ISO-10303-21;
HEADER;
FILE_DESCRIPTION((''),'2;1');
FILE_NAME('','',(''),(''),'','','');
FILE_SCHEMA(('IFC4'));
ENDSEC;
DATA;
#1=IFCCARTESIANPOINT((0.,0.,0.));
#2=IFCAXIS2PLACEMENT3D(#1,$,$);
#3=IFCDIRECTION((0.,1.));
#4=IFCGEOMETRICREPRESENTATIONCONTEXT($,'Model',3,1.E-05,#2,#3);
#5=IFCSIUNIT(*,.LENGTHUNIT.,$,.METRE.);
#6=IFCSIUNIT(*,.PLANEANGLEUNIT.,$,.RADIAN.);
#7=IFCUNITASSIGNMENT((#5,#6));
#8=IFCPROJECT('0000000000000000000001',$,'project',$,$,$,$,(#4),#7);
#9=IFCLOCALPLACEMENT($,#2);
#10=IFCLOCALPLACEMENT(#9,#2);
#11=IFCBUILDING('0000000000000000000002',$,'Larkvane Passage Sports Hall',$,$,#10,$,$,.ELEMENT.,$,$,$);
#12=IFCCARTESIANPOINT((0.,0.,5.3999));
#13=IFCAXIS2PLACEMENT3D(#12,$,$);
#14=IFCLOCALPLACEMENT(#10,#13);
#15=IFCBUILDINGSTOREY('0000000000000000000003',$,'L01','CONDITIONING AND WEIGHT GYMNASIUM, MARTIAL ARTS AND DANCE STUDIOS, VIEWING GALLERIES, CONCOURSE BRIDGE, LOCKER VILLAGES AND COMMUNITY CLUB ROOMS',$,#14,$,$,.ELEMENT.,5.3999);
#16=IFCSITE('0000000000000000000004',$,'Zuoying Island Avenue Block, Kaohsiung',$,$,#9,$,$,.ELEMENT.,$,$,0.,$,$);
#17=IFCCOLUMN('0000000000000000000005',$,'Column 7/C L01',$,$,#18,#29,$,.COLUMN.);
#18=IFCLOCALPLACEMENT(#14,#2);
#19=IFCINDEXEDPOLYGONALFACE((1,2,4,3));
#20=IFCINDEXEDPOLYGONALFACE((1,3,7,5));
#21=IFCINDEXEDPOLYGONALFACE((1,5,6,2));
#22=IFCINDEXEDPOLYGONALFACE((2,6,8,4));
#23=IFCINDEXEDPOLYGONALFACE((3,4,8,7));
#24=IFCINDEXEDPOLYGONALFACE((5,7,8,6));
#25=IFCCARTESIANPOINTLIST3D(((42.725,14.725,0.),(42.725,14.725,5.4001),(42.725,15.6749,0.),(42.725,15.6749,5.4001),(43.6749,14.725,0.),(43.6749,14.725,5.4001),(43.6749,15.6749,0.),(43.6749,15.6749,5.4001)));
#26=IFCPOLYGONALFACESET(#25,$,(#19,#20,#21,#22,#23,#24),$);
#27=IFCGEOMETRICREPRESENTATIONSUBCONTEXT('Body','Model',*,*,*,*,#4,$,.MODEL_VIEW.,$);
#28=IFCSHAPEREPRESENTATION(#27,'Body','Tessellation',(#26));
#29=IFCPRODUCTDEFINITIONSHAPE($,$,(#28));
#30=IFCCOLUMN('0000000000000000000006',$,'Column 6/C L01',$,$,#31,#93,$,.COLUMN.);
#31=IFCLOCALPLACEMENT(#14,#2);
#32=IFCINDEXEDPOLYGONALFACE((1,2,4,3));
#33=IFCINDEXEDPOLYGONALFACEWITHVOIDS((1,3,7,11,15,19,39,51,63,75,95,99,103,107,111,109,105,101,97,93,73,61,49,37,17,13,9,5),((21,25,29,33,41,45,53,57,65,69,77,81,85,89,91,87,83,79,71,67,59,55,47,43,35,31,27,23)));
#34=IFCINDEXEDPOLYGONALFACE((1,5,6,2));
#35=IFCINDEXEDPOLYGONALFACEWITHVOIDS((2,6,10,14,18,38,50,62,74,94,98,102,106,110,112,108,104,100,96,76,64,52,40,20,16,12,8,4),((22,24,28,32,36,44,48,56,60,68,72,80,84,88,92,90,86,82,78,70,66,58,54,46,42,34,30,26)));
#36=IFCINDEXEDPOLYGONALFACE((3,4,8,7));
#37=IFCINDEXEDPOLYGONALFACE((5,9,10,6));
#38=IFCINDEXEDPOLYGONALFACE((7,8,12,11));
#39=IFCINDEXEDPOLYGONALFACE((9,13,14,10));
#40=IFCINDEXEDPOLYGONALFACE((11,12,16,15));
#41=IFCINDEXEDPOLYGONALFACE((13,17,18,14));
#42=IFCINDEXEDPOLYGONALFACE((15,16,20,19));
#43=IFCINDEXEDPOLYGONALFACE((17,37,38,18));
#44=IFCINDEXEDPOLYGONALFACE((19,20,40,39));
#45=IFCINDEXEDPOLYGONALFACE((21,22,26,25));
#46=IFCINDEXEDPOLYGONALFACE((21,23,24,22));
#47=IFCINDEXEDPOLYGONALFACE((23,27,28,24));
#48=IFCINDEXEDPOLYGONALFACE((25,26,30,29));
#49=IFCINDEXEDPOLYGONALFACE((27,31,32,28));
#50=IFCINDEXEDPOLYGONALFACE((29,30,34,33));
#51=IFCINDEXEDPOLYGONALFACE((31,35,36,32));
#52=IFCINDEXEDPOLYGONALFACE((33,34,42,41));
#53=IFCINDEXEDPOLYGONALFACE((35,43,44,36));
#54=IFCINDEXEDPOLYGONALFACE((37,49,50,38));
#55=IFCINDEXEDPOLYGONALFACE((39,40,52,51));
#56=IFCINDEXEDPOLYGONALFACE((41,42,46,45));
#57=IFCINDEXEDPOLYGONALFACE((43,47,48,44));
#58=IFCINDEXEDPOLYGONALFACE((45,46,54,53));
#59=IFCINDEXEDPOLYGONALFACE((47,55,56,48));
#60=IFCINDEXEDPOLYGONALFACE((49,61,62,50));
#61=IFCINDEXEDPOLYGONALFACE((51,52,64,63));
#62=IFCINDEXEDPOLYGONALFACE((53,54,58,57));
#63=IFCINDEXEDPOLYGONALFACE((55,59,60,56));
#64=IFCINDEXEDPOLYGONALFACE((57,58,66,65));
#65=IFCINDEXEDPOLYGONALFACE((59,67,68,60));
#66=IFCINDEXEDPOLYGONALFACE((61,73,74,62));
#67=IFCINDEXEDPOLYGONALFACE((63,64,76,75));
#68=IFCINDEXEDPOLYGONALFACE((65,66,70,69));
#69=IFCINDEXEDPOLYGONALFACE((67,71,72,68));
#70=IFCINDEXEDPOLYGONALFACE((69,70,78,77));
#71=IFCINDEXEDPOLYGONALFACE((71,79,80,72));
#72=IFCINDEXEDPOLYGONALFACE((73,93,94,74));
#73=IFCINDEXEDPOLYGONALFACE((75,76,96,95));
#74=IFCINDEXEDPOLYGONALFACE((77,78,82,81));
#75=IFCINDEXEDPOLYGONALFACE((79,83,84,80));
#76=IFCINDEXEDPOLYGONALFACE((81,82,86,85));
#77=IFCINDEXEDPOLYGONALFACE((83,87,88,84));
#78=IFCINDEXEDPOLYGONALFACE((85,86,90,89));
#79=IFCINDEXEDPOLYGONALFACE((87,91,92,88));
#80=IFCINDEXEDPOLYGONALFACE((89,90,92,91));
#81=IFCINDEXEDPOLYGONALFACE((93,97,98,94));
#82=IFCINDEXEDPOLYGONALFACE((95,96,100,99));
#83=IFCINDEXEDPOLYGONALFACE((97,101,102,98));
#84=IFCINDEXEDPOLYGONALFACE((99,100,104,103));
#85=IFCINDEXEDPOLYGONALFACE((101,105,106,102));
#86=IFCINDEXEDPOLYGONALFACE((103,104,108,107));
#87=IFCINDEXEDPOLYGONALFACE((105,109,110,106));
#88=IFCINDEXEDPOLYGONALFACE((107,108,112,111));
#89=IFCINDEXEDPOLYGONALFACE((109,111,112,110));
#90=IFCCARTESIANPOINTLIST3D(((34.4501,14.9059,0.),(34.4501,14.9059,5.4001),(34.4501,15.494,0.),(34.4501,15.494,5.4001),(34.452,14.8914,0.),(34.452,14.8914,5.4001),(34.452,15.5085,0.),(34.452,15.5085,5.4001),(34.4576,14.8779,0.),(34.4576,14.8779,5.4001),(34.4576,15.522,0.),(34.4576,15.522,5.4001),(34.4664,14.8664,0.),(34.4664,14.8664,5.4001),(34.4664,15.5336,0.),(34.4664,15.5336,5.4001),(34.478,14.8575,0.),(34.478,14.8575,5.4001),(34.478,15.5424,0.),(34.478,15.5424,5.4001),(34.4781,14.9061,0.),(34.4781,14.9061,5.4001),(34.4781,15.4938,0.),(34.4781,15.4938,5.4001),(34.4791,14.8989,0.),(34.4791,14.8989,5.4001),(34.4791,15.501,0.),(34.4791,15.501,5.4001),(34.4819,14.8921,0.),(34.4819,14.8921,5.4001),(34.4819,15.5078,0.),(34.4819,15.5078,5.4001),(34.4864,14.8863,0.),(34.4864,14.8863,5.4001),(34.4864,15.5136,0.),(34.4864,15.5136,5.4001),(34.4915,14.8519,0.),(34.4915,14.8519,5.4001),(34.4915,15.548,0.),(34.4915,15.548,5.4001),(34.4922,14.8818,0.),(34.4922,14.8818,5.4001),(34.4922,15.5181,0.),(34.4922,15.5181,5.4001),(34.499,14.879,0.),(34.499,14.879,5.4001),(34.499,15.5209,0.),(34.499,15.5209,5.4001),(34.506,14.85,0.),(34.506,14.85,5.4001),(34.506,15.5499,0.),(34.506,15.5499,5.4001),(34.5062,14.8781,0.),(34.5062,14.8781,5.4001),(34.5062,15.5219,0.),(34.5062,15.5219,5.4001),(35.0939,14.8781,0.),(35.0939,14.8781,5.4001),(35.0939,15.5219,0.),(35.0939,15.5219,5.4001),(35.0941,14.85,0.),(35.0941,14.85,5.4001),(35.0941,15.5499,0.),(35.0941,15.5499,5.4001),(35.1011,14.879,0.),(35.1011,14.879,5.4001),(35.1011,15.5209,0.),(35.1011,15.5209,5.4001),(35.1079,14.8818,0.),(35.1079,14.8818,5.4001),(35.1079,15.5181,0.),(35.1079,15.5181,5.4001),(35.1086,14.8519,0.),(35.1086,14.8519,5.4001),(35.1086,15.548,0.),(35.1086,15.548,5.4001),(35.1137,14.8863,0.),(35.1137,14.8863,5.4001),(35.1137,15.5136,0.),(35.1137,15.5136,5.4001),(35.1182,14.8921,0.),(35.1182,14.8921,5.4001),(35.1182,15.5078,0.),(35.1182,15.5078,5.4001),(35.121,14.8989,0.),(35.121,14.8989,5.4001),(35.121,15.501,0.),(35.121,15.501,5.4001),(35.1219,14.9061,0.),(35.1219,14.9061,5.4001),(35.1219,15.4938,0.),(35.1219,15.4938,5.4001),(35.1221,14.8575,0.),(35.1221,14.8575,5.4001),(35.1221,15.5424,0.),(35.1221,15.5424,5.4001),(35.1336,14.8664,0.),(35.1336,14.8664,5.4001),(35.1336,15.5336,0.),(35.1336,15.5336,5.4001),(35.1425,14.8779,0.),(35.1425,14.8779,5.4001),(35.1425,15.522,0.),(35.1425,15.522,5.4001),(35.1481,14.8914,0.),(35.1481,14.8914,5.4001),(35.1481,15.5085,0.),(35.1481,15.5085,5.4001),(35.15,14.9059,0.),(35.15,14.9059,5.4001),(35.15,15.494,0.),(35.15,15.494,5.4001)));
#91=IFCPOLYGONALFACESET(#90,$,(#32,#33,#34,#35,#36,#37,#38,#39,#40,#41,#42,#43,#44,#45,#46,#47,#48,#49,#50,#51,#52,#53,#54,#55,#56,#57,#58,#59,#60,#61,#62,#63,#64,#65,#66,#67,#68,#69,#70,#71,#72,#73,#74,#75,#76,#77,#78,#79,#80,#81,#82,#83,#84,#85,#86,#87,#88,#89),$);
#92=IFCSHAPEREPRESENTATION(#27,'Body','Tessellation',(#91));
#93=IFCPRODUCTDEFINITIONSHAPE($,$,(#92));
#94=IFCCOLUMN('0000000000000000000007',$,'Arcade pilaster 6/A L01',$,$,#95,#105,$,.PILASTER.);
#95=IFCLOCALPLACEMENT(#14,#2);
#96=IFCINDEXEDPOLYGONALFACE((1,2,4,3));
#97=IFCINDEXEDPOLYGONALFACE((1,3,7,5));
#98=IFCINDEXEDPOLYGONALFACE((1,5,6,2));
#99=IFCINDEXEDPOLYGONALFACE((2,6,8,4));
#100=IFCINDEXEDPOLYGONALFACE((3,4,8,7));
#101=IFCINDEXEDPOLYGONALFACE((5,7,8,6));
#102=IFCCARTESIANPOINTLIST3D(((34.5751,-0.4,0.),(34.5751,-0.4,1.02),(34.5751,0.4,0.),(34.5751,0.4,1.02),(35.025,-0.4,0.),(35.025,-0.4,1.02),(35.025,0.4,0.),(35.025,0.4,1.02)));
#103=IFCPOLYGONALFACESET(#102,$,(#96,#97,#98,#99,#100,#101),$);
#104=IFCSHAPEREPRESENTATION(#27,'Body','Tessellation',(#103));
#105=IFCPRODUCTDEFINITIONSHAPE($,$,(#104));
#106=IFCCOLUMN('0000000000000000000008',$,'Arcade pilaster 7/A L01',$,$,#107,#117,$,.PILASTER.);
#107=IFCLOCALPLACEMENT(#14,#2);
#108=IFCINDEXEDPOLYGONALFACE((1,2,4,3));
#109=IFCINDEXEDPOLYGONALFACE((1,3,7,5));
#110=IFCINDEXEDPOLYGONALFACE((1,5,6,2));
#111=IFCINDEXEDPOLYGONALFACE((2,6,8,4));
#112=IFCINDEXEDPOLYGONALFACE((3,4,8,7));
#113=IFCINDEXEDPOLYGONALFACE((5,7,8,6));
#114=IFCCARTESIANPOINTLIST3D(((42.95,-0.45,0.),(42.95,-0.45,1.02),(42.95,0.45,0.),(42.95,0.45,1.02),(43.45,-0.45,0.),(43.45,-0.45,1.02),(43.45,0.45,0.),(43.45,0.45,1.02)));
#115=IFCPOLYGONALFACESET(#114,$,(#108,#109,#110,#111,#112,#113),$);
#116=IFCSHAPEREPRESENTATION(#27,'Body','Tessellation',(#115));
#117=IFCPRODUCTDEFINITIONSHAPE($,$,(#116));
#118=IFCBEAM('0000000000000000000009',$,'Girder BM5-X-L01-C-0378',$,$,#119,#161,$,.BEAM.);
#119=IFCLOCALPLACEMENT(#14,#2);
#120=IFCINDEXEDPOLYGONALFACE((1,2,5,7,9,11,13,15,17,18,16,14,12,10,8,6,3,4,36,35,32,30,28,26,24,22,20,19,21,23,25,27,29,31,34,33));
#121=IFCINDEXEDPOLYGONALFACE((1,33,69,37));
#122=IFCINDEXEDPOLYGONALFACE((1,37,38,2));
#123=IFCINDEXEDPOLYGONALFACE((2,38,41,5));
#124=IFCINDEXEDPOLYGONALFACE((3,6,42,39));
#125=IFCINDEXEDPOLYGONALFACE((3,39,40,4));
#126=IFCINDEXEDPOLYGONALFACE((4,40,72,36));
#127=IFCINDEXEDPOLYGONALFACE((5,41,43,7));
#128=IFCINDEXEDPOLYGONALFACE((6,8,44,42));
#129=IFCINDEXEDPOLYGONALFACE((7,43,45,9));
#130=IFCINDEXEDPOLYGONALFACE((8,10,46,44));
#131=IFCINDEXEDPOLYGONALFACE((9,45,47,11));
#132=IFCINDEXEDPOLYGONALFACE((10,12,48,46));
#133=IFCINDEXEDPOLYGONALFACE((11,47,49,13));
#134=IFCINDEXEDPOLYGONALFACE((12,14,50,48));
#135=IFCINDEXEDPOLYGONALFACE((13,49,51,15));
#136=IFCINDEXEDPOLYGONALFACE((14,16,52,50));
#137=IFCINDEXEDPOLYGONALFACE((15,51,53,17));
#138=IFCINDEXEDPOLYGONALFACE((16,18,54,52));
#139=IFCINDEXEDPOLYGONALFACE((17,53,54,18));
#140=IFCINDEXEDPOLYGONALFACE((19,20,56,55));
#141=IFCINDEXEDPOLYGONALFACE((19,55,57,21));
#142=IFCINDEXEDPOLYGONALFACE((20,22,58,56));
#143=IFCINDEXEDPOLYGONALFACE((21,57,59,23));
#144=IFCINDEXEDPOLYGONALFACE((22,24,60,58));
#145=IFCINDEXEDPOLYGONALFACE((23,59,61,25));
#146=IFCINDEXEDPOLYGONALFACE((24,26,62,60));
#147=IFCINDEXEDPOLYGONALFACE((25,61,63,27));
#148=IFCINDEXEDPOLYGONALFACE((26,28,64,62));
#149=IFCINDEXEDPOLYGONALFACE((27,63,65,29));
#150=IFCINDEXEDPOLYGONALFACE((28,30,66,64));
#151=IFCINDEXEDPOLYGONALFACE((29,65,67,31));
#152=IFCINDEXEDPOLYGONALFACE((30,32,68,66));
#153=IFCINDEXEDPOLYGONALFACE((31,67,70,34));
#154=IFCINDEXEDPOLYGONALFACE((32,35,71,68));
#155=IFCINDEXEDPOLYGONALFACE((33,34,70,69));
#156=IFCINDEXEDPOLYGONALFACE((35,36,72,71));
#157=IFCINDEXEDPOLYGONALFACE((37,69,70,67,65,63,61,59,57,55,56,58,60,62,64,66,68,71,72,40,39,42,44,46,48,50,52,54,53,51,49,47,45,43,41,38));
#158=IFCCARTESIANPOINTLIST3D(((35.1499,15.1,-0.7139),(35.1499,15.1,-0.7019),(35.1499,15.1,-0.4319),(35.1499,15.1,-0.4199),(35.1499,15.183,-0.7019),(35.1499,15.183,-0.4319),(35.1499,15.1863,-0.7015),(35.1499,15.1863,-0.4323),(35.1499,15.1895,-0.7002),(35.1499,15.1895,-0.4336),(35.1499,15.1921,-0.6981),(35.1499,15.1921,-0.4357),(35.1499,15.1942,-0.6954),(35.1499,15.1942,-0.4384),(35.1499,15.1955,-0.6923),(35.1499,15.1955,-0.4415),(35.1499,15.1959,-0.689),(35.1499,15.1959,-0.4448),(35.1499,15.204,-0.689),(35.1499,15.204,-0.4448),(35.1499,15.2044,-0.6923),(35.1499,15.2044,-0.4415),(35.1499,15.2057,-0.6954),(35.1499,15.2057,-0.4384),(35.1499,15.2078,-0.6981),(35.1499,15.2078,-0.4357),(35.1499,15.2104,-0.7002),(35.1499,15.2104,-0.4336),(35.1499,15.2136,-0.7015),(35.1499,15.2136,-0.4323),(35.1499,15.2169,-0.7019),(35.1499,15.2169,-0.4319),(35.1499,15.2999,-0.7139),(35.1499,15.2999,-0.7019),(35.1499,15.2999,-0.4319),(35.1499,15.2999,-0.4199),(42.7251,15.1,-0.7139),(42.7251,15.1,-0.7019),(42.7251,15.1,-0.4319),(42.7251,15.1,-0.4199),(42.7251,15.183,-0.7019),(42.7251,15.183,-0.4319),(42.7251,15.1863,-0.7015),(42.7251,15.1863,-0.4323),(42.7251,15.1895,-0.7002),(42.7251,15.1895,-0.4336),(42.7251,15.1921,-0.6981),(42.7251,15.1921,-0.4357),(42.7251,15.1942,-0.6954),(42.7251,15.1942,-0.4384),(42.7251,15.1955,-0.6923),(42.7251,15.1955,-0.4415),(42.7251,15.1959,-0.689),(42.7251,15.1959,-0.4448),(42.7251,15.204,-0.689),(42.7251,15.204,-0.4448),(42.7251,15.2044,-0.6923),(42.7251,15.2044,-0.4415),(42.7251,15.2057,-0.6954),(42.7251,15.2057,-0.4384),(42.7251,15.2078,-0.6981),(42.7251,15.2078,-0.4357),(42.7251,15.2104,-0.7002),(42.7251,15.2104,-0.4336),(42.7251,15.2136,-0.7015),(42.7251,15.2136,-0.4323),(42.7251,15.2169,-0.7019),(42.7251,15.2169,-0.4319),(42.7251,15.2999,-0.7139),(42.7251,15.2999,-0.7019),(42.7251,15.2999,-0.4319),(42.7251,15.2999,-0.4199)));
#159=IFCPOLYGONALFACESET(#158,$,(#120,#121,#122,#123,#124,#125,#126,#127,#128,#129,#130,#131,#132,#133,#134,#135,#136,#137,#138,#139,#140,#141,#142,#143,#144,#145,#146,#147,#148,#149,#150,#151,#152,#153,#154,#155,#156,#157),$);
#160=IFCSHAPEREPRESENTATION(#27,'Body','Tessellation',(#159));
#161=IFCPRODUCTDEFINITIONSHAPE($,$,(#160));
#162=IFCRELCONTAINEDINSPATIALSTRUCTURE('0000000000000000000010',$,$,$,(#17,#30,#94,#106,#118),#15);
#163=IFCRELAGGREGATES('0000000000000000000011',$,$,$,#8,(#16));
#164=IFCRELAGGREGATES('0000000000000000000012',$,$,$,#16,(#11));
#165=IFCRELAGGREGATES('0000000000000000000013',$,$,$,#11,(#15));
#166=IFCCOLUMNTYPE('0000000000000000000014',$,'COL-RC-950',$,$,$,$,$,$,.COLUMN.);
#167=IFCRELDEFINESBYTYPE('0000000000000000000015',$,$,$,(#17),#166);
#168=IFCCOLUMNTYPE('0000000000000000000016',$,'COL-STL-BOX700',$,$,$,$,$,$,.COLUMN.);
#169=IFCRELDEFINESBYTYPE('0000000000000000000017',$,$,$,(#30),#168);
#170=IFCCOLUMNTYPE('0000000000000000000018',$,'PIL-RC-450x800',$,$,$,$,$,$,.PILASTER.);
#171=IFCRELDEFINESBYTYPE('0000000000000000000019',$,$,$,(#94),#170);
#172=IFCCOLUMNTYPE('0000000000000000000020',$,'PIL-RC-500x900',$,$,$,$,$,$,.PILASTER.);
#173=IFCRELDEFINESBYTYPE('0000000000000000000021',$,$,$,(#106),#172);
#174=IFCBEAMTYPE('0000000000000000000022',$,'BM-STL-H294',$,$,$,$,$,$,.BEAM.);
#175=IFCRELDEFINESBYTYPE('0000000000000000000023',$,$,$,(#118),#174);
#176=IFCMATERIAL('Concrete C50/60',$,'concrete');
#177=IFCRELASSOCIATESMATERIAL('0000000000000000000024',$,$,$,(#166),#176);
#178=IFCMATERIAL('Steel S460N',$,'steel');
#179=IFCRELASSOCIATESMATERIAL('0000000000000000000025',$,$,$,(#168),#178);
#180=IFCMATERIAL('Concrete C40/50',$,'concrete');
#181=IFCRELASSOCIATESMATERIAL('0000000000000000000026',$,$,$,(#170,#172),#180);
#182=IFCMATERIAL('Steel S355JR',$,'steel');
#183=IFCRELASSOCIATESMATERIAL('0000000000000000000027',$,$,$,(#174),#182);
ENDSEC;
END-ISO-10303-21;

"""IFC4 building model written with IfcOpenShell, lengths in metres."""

from ifc_helpers import new_model, si_unit, direction, frame, origin, origin_2d, place, context, subcontext, project, spatial, rectangle, hollow_rectangle, i_section, extrude, material, material_profile, profile_set, type_object, element, save


model = new_model("IFC4")

# Units and contexts
model_context = context("Model", 3, precision=1e-05, world=origin(), true_north=direction((0.0, 1.0)))
body_context = subcontext(model_context, "Body", "Model", "MODEL_VIEW")
ifc_project = project(units=[si_unit("LENGTHUNIT", "METRE"), si_unit("PLANEANGLEUNIT", "RADIAN")], contexts=[model_context])

# Site, building, storey
site_placement = place(None, origin())
site = spatial("IfcSite", under=ifc_project, at=site_placement, Name="Zuoying Island Avenue Block, Kaohsiung", CompositionType="ELEMENT", RefElevation=0.0)
building_placement = place(site_placement, origin())
building = spatial("IfcBuilding", under=site, at=building_placement, Name="Larkvane Passage Sports Hall", CompositionType="ELEMENT")
storey_placement = place(building_placement, frame((0.0, 0.0, 5.3999)))
storey = spatial("IfcBuildingStorey", under=building, at=storey_placement, Name="L01", Description="CONDITIONING AND WEIGHT GYMNASIUM, MARTIAL ARTS AND DANCE STUDIOS, VIEWING GALLERIES, CONCOURSE BRIDGE, LOCKER VILLAGES AND COMMUNITY CLUB ROOMS", CompositionType="ELEMENT", Elevation=5.3999)

# Columns
ifc_material_1 = material(Name="Concrete C50/60", Category="concrete")
ifc_material_profile_1 = material_profile(ifc_material_1, rectangle(XDim=0.95, YDim=0.95, at=origin_2d()), Name="RC-COL-950x950")
ifc_profile_set_1 = profile_set([ifc_material_profile_1], Name="Concrete C50/60")
column_type_1 = type_object("IfcColumnType", Name="COL-RC-950", PredefinedType="COLUMN", material=ifc_profile_set_1)
column_1_placement = place(storey_placement, frame((43.2, 15.2, 0.0), z_axis=(0.0, 0.0, 1.0), x_axis=(1.0, 0.0, 0.0)))
element("IfcColumn", 1, at=column_1_placement, inside=storey, type_object=column_type_1, Name="Column 7/C L01", PredefinedType="COLUMN", context=body_context, shape_type="SweptSolid", body=[
    extrude(rectangle(XDim=0.95, YDim=0.95, at=origin_2d()), origin(), (0.0, 0.0, 1.0), 5.4001),
])
ifc_material_2 = material(Name="Steel S460N", Category="steel")
ifc_material_profile_2 = material_profile(ifc_material_2, hollow_rectangle(XDim=0.7, YDim=0.7, WallThickness=0.0281, InnerFilletRadius=0.0281, OuterFilletRadius=0.0559, at=origin_2d()), Name="BOX-700x700x28")
ifc_profile_set_2 = profile_set([ifc_material_profile_2], Name="Steel S460N")
column_type_2 = type_object("IfcColumnType", Name="COL-STL-BOX700", PredefinedType="COLUMN", material=ifc_profile_set_2)
column_2_placement = place(storey_placement, frame((34.8, 15.2, 0.0), z_axis=(0.0, 0.0, 1.0), x_axis=(1.0, 0.0, 0.0)))
element("IfcColumn", 2, at=column_2_placement, inside=storey, type_object=column_type_2, Name="Column 6/C L01", PredefinedType="COLUMN", context=body_context, shape_type="SweptSolid", body=[
    extrude(hollow_rectangle(XDim=0.7, YDim=0.7, WallThickness=0.0281, InnerFilletRadius=0.0281, OuterFilletRadius=0.0559, at=origin_2d()), origin(), (0.0, 0.0, 1.0), 5.4001),
])
ifc_material_3 = material(Name="Concrete C40/50", Category="concrete")
ifc_material_profile_3 = material_profile(ifc_material_3, rectangle(XDim=0.45, YDim=0.8, at=origin_2d()), Name="RC-PIL-450x800")
ifc_profile_set_3 = profile_set([ifc_material_profile_3], Name="Concrete C40/50")
column_type_3 = type_object("IfcColumnType", Name="PIL-RC-450x800", PredefinedType="PILASTER", material=ifc_profile_set_3)
column_3_placement = place(storey_placement, frame((34.8, 0.0, 0.0), z_axis=(0.0, 0.0, 1.0), x_axis=(1.0, 0.0, 0.0)))
element("IfcColumn", 3, at=column_3_placement, inside=storey, type_object=column_type_3, Name="Arcade pilaster 6/A L01", PredefinedType="PILASTER", context=body_context, shape_type="SweptSolid", body=[
    extrude(rectangle(XDim=0.45, YDim=0.8, at=origin_2d()), origin(), (0.0, 0.0, 1.0), 1.02),
])
ifc_material_profile_4 = material_profile(ifc_material_3, rectangle(XDim=0.5, YDim=0.8999, at=origin_2d()), Name="RC-PIL-500x900")
ifc_profile_set_4 = profile_set([ifc_material_profile_4], Name="Concrete C40/50")
column_type_4 = type_object("IfcColumnType", Name="PIL-RC-500x900", PredefinedType="PILASTER", material=ifc_profile_set_4)
column_4_placement = place(storey_placement, frame((43.2, 0.0, 0.0), z_axis=(0.0, 0.0, 1.0), x_axis=(1.0, 0.0, 0.0)))
element("IfcColumn", 4, at=column_4_placement, inside=storey, type_object=column_type_4, Name="Arcade pilaster 7/A L01", PredefinedType="PILASTER", context=body_context, shape_type="SweptSolid", body=[
    extrude(rectangle(XDim=0.5, YDim=0.8999, at=origin_2d()), origin(), (0.0, 0.0, 1.0), 1.02),
])

# Beam
ifc_material_4 = material(Name="Steel S355JR", Category="steel")
ifc_material_profile_5 = material_profile(ifc_material_4, i_section(OverallWidth=0.2, OverallDepth=0.2939, WebThickness=0.0081, FlangeThickness=0.012, FilletRadius=0.0129, at=origin_2d()), Name="H-294x200x8x12")
ifc_profile_set_5 = profile_set([ifc_material_profile_5], Name="Steel S355JR")
beam_type_1 = type_object("IfcBeamType", Name="BM-STL-H294", PredefinedType="BEAM", material=ifc_profile_set_5)
beam_1_placement = place(storey_placement, frame((35.1499, 15.2, -0.5669), z_axis=(1.0, 0.0, 0.0), x_axis=(0.0, 1.0, 0.0)))
element("IfcBeam", 5, at=beam_1_placement, inside=storey, type_object=beam_type_1, Name="Girder BM5-X-L01-C-0378", PredefinedType="BEAM", context=body_context, shape_type="SweptSolid", body=[
    extrude(i_section(OverallWidth=0.2, OverallDepth=0.2939, WebThickness=0.0081, FlangeThickness=0.012, FilletRadius=0.0129, at=origin_2d()), origin(), (0.0, 0.0, 1.0), 7.5752),
])

save(model, "model.ifc")
